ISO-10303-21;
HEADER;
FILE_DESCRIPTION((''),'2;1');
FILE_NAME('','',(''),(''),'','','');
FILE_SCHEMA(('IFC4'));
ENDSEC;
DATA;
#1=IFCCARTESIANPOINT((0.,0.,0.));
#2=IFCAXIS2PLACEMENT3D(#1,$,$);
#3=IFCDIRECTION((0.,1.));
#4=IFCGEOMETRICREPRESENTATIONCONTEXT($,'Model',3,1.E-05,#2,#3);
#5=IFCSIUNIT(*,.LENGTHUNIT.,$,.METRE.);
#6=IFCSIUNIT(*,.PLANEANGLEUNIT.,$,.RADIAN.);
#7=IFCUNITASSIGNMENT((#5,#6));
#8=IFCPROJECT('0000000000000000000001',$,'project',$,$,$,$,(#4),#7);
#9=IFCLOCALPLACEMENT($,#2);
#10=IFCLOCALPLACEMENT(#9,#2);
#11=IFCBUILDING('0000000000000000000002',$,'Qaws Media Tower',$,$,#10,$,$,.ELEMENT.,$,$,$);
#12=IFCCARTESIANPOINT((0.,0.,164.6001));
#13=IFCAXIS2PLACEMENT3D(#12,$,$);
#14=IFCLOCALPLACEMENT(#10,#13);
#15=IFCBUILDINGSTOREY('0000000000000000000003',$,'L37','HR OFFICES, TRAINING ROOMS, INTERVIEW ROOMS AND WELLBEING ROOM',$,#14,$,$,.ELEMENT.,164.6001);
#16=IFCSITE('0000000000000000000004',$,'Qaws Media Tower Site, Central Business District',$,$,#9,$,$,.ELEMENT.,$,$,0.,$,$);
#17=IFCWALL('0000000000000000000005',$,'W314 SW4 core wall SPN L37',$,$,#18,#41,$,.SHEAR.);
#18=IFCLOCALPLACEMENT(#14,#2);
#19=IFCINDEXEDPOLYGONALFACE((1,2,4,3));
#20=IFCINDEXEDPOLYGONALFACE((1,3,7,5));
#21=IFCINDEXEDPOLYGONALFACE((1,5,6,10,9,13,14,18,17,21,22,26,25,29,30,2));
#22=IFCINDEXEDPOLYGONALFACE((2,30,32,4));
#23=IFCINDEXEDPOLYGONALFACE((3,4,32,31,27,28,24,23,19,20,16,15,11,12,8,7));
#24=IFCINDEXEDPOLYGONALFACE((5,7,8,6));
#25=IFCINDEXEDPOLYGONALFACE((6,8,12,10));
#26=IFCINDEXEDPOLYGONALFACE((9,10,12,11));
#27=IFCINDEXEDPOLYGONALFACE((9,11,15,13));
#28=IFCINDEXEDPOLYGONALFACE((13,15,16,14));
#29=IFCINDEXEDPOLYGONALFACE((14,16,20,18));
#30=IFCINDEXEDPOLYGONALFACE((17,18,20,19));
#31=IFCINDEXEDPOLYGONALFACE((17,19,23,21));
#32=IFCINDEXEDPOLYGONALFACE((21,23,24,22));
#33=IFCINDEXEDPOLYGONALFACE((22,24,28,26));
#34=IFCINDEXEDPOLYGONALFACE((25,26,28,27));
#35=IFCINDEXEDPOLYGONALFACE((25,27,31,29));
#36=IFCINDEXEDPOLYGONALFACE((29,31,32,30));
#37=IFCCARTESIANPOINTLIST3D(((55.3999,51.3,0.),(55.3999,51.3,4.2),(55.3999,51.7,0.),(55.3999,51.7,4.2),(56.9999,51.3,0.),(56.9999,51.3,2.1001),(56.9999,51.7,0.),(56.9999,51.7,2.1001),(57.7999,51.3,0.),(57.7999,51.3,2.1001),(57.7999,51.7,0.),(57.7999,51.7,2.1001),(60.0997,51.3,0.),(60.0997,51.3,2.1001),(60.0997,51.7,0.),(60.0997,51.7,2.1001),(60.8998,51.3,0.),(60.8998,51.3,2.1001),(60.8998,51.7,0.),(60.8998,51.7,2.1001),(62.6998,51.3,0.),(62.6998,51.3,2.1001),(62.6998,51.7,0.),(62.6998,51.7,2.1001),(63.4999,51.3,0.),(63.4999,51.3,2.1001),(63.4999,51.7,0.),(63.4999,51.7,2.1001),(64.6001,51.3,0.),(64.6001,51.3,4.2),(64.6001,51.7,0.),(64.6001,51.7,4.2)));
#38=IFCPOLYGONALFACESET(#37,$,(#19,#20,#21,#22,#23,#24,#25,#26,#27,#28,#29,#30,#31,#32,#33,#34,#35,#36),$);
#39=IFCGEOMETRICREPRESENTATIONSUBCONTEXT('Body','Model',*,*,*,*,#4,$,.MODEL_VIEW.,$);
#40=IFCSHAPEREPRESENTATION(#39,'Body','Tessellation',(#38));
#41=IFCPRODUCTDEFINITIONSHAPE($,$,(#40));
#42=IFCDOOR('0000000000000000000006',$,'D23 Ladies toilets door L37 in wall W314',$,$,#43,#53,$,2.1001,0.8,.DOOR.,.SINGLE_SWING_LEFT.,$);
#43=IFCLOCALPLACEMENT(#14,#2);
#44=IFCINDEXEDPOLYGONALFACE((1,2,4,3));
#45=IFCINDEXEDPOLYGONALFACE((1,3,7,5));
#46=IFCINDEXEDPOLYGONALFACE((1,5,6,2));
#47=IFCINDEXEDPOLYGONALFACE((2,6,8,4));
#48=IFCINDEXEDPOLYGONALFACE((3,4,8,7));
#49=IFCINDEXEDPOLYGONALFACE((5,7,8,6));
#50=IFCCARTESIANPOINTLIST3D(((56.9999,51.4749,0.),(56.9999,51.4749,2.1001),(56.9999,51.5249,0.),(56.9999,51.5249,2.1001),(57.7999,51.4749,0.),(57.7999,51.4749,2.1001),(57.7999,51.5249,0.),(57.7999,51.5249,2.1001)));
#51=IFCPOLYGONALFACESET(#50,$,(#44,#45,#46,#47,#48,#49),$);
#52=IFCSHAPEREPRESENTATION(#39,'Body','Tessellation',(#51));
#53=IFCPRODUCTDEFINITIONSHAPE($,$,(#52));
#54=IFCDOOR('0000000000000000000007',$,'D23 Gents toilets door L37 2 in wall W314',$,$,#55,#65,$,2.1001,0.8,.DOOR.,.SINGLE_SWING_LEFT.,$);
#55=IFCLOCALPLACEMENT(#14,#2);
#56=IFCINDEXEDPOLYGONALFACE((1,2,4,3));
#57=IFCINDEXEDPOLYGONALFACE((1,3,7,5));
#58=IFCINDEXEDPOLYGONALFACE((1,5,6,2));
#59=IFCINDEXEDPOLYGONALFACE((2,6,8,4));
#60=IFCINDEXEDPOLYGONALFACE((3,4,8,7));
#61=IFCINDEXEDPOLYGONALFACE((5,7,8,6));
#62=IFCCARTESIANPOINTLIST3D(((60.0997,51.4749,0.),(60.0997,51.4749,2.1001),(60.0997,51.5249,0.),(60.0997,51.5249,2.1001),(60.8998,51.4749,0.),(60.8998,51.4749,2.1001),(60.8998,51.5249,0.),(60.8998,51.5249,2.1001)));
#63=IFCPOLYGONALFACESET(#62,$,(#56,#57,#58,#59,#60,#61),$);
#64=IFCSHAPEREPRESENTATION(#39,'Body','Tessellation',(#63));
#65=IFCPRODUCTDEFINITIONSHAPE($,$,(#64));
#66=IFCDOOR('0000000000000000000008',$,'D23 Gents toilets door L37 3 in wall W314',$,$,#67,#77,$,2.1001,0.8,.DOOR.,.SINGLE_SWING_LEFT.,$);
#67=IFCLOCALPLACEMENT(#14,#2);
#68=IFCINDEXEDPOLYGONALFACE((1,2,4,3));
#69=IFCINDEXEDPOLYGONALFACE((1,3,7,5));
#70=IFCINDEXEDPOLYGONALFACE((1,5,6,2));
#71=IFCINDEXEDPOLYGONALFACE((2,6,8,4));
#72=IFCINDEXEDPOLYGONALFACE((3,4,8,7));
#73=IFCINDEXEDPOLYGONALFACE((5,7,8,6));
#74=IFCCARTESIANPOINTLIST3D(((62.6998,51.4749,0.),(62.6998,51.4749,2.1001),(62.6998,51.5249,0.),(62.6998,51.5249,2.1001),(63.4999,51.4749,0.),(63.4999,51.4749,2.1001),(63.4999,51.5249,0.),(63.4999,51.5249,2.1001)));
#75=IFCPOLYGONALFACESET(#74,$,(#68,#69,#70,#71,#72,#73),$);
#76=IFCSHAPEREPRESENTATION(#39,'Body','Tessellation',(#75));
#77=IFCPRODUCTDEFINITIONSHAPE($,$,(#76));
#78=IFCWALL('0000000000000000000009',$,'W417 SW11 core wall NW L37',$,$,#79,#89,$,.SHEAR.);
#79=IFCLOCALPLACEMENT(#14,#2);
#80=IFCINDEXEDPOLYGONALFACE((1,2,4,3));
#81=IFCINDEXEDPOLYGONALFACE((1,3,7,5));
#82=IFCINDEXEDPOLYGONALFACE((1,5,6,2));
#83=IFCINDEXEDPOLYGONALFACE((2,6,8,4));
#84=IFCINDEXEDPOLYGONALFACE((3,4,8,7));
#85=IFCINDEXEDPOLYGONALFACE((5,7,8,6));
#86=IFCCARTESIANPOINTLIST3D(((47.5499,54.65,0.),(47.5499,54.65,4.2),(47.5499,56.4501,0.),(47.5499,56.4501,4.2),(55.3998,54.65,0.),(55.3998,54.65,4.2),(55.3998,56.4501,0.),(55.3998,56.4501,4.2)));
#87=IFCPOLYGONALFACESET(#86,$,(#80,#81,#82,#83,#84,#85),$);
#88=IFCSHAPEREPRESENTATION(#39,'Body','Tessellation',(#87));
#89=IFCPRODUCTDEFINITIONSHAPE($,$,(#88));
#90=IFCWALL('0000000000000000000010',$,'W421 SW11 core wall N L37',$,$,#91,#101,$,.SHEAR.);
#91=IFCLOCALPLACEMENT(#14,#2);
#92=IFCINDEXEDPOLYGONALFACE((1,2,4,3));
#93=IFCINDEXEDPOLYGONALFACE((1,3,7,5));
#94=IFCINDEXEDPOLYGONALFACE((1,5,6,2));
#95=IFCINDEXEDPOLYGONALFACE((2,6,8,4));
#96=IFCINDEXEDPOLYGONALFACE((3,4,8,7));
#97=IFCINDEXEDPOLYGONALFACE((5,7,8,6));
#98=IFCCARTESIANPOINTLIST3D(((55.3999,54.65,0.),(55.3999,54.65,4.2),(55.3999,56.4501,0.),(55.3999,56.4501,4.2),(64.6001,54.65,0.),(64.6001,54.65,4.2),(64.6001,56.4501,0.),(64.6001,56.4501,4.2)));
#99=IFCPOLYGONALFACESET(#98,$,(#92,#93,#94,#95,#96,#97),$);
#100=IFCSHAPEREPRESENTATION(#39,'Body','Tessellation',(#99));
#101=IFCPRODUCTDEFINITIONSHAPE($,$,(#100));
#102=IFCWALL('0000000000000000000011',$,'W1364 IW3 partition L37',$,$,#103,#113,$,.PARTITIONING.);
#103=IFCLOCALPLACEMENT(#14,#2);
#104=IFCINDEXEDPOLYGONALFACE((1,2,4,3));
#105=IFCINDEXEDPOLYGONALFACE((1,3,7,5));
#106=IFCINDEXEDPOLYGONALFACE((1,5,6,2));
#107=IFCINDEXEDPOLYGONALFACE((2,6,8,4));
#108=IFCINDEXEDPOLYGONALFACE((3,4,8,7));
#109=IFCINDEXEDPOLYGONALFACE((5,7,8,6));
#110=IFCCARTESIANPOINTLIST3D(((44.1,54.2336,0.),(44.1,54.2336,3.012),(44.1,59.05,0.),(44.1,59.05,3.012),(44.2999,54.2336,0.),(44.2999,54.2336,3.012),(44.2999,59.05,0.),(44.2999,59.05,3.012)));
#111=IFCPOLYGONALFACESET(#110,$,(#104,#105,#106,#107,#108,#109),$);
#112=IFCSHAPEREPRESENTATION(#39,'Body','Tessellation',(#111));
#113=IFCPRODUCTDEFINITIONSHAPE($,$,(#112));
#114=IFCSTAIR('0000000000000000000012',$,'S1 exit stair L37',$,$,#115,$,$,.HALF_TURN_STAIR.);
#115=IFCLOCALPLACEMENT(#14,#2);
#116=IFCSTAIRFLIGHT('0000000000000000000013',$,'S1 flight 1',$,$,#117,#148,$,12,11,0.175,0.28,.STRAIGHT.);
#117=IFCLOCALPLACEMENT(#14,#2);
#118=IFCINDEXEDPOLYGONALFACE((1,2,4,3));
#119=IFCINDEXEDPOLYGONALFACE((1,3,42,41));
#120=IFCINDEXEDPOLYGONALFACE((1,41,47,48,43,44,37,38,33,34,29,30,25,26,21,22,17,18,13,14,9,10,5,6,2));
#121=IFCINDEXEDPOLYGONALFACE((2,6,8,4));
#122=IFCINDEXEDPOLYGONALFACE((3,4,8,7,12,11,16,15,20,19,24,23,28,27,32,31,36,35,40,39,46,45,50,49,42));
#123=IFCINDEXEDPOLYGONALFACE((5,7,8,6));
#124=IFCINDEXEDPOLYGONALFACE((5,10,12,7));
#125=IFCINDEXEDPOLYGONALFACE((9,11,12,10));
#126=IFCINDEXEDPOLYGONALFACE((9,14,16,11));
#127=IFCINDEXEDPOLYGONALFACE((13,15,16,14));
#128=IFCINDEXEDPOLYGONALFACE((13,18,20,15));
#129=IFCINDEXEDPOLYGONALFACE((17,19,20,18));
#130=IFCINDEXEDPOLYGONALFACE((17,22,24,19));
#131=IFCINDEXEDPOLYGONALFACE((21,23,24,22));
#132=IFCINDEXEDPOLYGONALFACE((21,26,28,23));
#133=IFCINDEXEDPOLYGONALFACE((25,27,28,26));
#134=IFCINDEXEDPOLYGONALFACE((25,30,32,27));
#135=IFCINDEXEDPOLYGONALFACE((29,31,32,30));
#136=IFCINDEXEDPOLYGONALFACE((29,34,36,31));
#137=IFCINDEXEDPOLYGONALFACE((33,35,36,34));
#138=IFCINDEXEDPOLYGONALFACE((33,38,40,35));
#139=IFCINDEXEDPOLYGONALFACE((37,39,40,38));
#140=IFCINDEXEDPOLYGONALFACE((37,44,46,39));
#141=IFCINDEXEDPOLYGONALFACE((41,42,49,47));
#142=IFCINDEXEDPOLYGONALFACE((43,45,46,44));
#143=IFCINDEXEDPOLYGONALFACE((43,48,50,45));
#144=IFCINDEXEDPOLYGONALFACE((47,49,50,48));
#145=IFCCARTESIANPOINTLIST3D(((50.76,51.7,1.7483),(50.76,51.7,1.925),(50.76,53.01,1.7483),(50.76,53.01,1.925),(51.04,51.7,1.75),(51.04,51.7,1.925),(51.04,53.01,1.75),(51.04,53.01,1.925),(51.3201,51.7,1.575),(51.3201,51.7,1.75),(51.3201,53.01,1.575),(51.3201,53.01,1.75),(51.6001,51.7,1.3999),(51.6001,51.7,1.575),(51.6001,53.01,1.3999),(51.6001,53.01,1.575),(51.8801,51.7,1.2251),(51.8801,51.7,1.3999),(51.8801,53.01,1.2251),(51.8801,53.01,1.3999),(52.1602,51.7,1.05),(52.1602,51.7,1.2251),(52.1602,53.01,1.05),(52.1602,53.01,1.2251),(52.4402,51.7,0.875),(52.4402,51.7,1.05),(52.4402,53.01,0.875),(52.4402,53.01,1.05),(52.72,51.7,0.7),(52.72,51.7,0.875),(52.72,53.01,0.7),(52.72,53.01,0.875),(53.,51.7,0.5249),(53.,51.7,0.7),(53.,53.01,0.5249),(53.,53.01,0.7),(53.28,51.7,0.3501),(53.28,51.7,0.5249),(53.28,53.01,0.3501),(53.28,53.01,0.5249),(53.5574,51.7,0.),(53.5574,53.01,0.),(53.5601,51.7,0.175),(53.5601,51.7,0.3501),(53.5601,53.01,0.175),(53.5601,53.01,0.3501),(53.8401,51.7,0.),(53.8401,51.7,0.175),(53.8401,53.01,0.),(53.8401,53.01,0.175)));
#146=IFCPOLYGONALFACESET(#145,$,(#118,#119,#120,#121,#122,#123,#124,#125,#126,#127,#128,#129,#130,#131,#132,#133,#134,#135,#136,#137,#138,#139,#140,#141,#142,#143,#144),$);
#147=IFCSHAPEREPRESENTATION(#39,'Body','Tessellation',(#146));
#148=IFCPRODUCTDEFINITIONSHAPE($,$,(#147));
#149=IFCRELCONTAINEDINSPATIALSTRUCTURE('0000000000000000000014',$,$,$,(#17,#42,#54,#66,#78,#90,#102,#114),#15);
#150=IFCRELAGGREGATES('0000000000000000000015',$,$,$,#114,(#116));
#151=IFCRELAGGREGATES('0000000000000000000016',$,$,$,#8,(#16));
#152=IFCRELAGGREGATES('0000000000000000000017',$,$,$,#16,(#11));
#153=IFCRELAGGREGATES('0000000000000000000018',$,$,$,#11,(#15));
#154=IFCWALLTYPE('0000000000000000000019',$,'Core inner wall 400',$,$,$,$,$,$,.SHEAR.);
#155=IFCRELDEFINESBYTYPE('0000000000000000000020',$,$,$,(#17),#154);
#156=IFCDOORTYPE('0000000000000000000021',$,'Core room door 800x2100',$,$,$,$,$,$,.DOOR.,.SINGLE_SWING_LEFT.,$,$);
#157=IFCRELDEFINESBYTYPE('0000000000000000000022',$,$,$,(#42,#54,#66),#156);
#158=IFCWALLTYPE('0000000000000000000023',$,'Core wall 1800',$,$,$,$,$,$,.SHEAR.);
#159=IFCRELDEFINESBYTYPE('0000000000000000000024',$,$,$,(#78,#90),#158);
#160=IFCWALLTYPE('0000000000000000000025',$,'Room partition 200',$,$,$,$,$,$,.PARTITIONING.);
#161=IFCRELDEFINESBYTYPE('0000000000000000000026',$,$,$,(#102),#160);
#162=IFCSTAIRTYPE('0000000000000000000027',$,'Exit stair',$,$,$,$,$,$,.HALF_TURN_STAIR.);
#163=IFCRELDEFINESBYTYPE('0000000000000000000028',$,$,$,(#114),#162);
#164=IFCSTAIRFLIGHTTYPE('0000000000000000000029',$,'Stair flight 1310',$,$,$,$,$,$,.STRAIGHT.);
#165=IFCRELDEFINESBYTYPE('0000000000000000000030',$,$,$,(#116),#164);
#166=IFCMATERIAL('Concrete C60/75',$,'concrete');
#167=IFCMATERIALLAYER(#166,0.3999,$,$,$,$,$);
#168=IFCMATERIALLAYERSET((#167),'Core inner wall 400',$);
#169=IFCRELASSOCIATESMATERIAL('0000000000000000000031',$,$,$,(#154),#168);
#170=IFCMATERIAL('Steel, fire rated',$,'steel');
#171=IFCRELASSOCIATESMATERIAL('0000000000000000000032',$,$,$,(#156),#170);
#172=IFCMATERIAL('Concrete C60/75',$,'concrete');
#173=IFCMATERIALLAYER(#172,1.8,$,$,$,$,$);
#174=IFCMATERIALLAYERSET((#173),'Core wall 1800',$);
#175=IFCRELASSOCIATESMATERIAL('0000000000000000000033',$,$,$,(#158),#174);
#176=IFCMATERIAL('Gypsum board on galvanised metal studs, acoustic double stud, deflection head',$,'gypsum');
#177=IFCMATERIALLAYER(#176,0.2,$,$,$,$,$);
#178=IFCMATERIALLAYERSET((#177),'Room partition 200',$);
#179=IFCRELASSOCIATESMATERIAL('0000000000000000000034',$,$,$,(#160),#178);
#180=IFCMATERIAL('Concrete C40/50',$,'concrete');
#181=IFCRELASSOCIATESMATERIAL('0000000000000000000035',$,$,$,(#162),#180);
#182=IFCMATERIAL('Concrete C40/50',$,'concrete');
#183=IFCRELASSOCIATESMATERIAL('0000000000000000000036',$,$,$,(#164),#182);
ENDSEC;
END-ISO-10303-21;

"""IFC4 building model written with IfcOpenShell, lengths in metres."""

from ifc_helpers import new_model, si_unit, direction, frame, frame_2d, origin, place, context, subcontext, project, spatial, polyline, rectangle, outline, extrude, material, layer, layer_set, type_object, element, fill, aggregate, save


model = new_model("IFC4")

# Units and contexts
model_context = context("Model", 3, precision=1e-05, world=origin(), true_north=direction((0.0, 1.0)))
body_context = subcontext(model_context, "Body", "Model", "MODEL_VIEW")
ifc_project = project(units=[si_unit("LENGTHUNIT", "METRE"), si_unit("PLANEANGLEUNIT", "RADIAN")], contexts=[model_context])

# Site, building, storey
site_placement = place(None, origin())
site = spatial("IfcSite", under=ifc_project, at=site_placement, Name="Qaws Media Tower Site, Central Business District", CompositionType="ELEMENT", RefElevation=0.0)
building_placement = place(site_placement, origin())
building = spatial("IfcBuilding", under=site, at=building_placement, Name="Qaws Media Tower", CompositionType="ELEMENT")
storey_placement = place(building_placement, frame((0.0, 0.0, 164.6001)))
storey = spatial("IfcBuildingStorey", under=building, at=storey_placement, Name="L37", Description="HR OFFICES, TRAINING ROOMS, INTERVIEW ROOMS AND WELLBEING ROOM", CompositionType="ELEMENT", Elevation=164.6001)

# Shared definitions
ifc_material_1 = material(Name="Concrete C60/75", Category="concrete")
ifc_layer_1 = layer(ifc_material_1, 0.3999)
ifc_layer_set_1 = layer_set([ifc_layer_1], Name="Core inner wall 400")
wall_type_1 = type_object("IfcWallType", Name="Core inner wall 400", PredefinedType="SHEAR", material=ifc_layer_set_1)

# Wall, openings, doors
wall_1_placement = place(storey_placement, frame((55.3999, 51.5, 0.0), z_axis=(0.0, 0.0, 1.0), x_axis=(1.0, 0.0, 0.0)))
wall_1 = element("IfcWall", 1, at=wall_1_placement, inside=storey, type_object=wall_type_1, Name="W314 SW4 core wall SPN L37", PredefinedType="SHEAR", context=body_context, shape_type="SweptSolid", body=[
    extrude(rectangle(XDim=9.2002, YDim=0.3999, at=frame_2d((4.6001, 0.0))), origin(), (0.0, 0.0, 1.0), 4.2),
])
opening_1_placement = place(wall_1_placement, frame((1.6001, 0.0, 0.0)))
opening_1 = element("IfcOpeningElement", 2, at=opening_1_placement, cuts=wall_1, PredefinedType="OPENING", context=body_context, shape_type="SweptSolid", body=[
    extrude(rectangle(XDim=0.8, YDim=2.1001, at=frame_2d((0.3999, 1.05))), frame((0.0, 0.21, 0.0), z_axis=(0.0, -1.0, 0.0), x_axis=(1.0, 0.0, 0.0)), (0.0, 0.0, 1.0), 0.4199),
])
opening_2_placement = place(wall_1_placement, frame((4.7, 0.0, 0.0)))
opening_2 = element("IfcOpeningElement", 3, at=opening_2_placement, cuts=wall_1, PredefinedType="OPENING", context=body_context, shape_type="SweptSolid", body=[
    extrude(rectangle(XDim=0.8, YDim=2.1001, at=frame_2d((0.3999, 1.05))), frame((0.0, 0.21, 0.0), z_axis=(0.0, -1.0, 0.0), x_axis=(1.0, 0.0, 0.0)), (0.0, 0.0, 1.0), 0.4199),
])
opening_3_placement = place(wall_1_placement, frame((7.3, 0.0, 0.0)))
opening_3 = element("IfcOpeningElement", 4, at=opening_3_placement, cuts=wall_1, PredefinedType="OPENING", context=body_context, shape_type="SweptSolid", body=[
    extrude(rectangle(XDim=0.8, YDim=2.1001, at=frame_2d((0.3999, 1.05))), frame((0.0, 0.21, 0.0), z_axis=(0.0, -1.0, 0.0), x_axis=(1.0, 0.0, 0.0)), (0.0, 0.0, 1.0), 0.4199),
])
ifc_material_2 = material(Name="Steel, fire rated", Category="steel")
door_type_1 = type_object("IfcDoorType", Name="Core room door 800x2100", OperationType="SINGLE_SWING_LEFT", PredefinedType="DOOR", material=ifc_material_2)
door_1_placement = place(opening_1_placement, origin())
door_1 = element("IfcDoor", 5, at=door_1_placement, inside=storey, type_object=door_type_1, Name="D23 Ladies toilets door L37 in wall W314", OperationType="SINGLE_SWING_LEFT", OverallHeight=2.1001, OverallWidth=0.8, PredefinedType="DOOR", context=body_context, shape_type="SweptSolid", body=[
    extrude(rectangle(XDim=0.8, YDim=2.1001, at=frame_2d((0.3999, 1.05))), frame((0.0, 0.0249, 0.0), z_axis=(0.0, -1.0, 0.0), x_axis=(1.0, 0.0, 0.0)), (0.0, 0.0, 1.0), 0.05),
])
fill(opening_1, door_1)
door_2_placement = place(opening_2_placement, origin())
door_2 = element("IfcDoor", 6, at=door_2_placement, inside=storey, type_object=door_type_1, Name="D23 Gents toilets door L37 2 in wall W314", OperationType="SINGLE_SWING_LEFT", OverallHeight=2.1001, OverallWidth=0.8, PredefinedType="DOOR", context=body_context, shape_type="SweptSolid", body=[
    extrude(rectangle(XDim=0.8, YDim=2.1001, at=frame_2d((0.3999, 1.05))), frame((0.0, 0.0249, 0.0), z_axis=(0.0, -1.0, 0.0), x_axis=(1.0, 0.0, 0.0)), (0.0, 0.0, 1.0), 0.05),
])
fill(opening_2, door_2)
door_3_placement = place(opening_3_placement, origin())
door_3 = element("IfcDoor", 7, at=door_3_placement, inside=storey, type_object=door_type_1, Name="D23 Gents toilets door L37 3 in wall W314", OperationType="SINGLE_SWING_LEFT", OverallHeight=2.1001, OverallWidth=0.8, PredefinedType="DOOR", context=body_context, shape_type="SweptSolid", body=[
    extrude(rectangle(XDim=0.8, YDim=2.1001, at=frame_2d((0.3999, 1.05))), frame((0.0, 0.0249, 0.0), z_axis=(0.0, -1.0, 0.0), x_axis=(1.0, 0.0, 0.0)), (0.0, 0.0, 1.0), 0.05),
])
fill(opening_3, door_3)

# Walls
ifc_material_3 = material(Name="Concrete C60/75", Category="concrete")
ifc_layer_2 = layer(ifc_material_3, 1.8)
ifc_layer_set_2 = layer_set([ifc_layer_2], Name="Core wall 1800")
wall_type_2 = type_object("IfcWallType", Name="Core wall 1800", PredefinedType="SHEAR", material=ifc_layer_set_2)
wall_2_placement = place(storey_placement, frame((47.55, 55.55, 0.0), z_axis=(0.0, 0.0, 1.0), x_axis=(1.0, 0.0, 0.0)))
element("IfcWall", 8, at=wall_2_placement, inside=storey, type_object=wall_type_2, Name="W417 SW11 core wall NW L37", PredefinedType="SHEAR", context=body_context, shape_type="SweptSolid", body=[
    extrude(rectangle(XDim=7.8499, YDim=1.8, at=frame_2d((3.9248, 0.0))), origin(), (0.0, 0.0, 1.0), 4.2),
])
wall_3_placement = place(storey_placement, frame((55.3999, 55.55, 0.0), z_axis=(0.0, 0.0, 1.0), x_axis=(1.0, 0.0, 0.0)))
element("IfcWall", 9, at=wall_3_placement, inside=storey, type_object=wall_type_2, Name="W421 SW11 core wall N L37", PredefinedType="SHEAR", context=body_context, shape_type="SweptSolid", body=[
    extrude(rectangle(XDim=9.2002, YDim=1.8, at=frame_2d((4.6001, 0.0))), origin(), (0.0, 0.0, 1.0), 4.2),
])
ifc_material_4 = material(Name="Gypsum board on galvanised metal studs, acoustic double stud, deflection head", Category="gypsum")
ifc_layer_3 = layer(ifc_material_4, 0.2)
ifc_layer_set_3 = layer_set([ifc_layer_3], Name="Room partition 200")
wall_type_3 = type_object("IfcWallType", Name="Room partition 200", PredefinedType="PARTITIONING", material=ifc_layer_set_3)
wall_4_placement = place(storey_placement, frame((44.2, 54.2336, 0.0), z_axis=(0.0, 0.0, 1.0), x_axis=(0.0, 1.0, 0.0)))
element("IfcWall", 10, at=wall_4_placement, inside=storey, type_object=wall_type_3, Name="W1364 IW3 partition L37", PredefinedType="PARTITIONING", context=body_context, shape_type="SweptSolid", body=[
    extrude(rectangle(XDim=4.8164, YDim=0.2, at=frame_2d((2.4082, 0.0))), origin(), (0.0, 0.0, 1.0), 3.012),
])

# Stair, stair flight
ifc_material_5 = material(Name="Concrete C40/50", Category="concrete")
stair_type = type_object("IfcStairType", Name="Exit stair", PredefinedType="HALF_TURN_STAIR", material=ifc_material_5)
stair_placement = place(storey_placement, origin())
stair = element("IfcStair", 11, at=stair_placement, inside=storey, type_object=stair_type, Name="S1 exit stair L37", PredefinedType="HALF_TURN_STAIR")
ifc_material_6 = material(Name="Concrete C40/50", Category="concrete")
stair_flight_type = type_object("IfcStairFlightType", Name="Stair flight 1310", PredefinedType="STRAIGHT", material=ifc_material_6)
stair_flight_1_placement = place(storey_placement, frame((53.8401, 52.355, 0.0), z_axis=(0.0, 0.0, 1.0), x_axis=(-1.0, 0.0, 0.0)))
stair_flight_1 = element("IfcStairFlight", 12, at=stair_flight_1_placement, type_object=stair_flight_type, Name="S1 flight 1", NumberOfRisers=12, NumberOfTreads=11, PredefinedType="STRAIGHT", RiserHeight=0.175, TreadLength=0.28, context=body_context, shape_type="SweptSolid", body=[
    extrude(outline(polyline([(0.0, 0.0), (0.0, 0.175), (0.28, 0.175), (0.28, 0.3501), (0.5601, 0.3501), (0.5601, 0.5249), (0.8401, 0.5249), (0.8401, 0.7), (1.1201, 0.7), (1.1201, 0.875), (1.3999, 0.875), (1.3999, 1.05), (1.6799, 1.05), (1.6799, 1.2251), (1.96, 1.2251), (1.96, 1.3999), (2.24, 1.3999), (2.24, 1.575), (2.52, 1.575), (2.52, 1.75), (2.8, 1.75), (2.8, 1.925), (3.0801, 1.925), (3.0801, 2.1001), (3.0801, 1.7483), (0.2827, 0.0), (0.0, 0.0)])), frame((0.0, 0.655, 0.0), z_axis=(0.0, -1.0, 0.0), x_axis=(1.0, 0.0, 0.0)), (0.0, 0.0, 1.0), 1.3101),
])
aggregate(stair, [stair_flight_1])

save(model, "model.ifc")
